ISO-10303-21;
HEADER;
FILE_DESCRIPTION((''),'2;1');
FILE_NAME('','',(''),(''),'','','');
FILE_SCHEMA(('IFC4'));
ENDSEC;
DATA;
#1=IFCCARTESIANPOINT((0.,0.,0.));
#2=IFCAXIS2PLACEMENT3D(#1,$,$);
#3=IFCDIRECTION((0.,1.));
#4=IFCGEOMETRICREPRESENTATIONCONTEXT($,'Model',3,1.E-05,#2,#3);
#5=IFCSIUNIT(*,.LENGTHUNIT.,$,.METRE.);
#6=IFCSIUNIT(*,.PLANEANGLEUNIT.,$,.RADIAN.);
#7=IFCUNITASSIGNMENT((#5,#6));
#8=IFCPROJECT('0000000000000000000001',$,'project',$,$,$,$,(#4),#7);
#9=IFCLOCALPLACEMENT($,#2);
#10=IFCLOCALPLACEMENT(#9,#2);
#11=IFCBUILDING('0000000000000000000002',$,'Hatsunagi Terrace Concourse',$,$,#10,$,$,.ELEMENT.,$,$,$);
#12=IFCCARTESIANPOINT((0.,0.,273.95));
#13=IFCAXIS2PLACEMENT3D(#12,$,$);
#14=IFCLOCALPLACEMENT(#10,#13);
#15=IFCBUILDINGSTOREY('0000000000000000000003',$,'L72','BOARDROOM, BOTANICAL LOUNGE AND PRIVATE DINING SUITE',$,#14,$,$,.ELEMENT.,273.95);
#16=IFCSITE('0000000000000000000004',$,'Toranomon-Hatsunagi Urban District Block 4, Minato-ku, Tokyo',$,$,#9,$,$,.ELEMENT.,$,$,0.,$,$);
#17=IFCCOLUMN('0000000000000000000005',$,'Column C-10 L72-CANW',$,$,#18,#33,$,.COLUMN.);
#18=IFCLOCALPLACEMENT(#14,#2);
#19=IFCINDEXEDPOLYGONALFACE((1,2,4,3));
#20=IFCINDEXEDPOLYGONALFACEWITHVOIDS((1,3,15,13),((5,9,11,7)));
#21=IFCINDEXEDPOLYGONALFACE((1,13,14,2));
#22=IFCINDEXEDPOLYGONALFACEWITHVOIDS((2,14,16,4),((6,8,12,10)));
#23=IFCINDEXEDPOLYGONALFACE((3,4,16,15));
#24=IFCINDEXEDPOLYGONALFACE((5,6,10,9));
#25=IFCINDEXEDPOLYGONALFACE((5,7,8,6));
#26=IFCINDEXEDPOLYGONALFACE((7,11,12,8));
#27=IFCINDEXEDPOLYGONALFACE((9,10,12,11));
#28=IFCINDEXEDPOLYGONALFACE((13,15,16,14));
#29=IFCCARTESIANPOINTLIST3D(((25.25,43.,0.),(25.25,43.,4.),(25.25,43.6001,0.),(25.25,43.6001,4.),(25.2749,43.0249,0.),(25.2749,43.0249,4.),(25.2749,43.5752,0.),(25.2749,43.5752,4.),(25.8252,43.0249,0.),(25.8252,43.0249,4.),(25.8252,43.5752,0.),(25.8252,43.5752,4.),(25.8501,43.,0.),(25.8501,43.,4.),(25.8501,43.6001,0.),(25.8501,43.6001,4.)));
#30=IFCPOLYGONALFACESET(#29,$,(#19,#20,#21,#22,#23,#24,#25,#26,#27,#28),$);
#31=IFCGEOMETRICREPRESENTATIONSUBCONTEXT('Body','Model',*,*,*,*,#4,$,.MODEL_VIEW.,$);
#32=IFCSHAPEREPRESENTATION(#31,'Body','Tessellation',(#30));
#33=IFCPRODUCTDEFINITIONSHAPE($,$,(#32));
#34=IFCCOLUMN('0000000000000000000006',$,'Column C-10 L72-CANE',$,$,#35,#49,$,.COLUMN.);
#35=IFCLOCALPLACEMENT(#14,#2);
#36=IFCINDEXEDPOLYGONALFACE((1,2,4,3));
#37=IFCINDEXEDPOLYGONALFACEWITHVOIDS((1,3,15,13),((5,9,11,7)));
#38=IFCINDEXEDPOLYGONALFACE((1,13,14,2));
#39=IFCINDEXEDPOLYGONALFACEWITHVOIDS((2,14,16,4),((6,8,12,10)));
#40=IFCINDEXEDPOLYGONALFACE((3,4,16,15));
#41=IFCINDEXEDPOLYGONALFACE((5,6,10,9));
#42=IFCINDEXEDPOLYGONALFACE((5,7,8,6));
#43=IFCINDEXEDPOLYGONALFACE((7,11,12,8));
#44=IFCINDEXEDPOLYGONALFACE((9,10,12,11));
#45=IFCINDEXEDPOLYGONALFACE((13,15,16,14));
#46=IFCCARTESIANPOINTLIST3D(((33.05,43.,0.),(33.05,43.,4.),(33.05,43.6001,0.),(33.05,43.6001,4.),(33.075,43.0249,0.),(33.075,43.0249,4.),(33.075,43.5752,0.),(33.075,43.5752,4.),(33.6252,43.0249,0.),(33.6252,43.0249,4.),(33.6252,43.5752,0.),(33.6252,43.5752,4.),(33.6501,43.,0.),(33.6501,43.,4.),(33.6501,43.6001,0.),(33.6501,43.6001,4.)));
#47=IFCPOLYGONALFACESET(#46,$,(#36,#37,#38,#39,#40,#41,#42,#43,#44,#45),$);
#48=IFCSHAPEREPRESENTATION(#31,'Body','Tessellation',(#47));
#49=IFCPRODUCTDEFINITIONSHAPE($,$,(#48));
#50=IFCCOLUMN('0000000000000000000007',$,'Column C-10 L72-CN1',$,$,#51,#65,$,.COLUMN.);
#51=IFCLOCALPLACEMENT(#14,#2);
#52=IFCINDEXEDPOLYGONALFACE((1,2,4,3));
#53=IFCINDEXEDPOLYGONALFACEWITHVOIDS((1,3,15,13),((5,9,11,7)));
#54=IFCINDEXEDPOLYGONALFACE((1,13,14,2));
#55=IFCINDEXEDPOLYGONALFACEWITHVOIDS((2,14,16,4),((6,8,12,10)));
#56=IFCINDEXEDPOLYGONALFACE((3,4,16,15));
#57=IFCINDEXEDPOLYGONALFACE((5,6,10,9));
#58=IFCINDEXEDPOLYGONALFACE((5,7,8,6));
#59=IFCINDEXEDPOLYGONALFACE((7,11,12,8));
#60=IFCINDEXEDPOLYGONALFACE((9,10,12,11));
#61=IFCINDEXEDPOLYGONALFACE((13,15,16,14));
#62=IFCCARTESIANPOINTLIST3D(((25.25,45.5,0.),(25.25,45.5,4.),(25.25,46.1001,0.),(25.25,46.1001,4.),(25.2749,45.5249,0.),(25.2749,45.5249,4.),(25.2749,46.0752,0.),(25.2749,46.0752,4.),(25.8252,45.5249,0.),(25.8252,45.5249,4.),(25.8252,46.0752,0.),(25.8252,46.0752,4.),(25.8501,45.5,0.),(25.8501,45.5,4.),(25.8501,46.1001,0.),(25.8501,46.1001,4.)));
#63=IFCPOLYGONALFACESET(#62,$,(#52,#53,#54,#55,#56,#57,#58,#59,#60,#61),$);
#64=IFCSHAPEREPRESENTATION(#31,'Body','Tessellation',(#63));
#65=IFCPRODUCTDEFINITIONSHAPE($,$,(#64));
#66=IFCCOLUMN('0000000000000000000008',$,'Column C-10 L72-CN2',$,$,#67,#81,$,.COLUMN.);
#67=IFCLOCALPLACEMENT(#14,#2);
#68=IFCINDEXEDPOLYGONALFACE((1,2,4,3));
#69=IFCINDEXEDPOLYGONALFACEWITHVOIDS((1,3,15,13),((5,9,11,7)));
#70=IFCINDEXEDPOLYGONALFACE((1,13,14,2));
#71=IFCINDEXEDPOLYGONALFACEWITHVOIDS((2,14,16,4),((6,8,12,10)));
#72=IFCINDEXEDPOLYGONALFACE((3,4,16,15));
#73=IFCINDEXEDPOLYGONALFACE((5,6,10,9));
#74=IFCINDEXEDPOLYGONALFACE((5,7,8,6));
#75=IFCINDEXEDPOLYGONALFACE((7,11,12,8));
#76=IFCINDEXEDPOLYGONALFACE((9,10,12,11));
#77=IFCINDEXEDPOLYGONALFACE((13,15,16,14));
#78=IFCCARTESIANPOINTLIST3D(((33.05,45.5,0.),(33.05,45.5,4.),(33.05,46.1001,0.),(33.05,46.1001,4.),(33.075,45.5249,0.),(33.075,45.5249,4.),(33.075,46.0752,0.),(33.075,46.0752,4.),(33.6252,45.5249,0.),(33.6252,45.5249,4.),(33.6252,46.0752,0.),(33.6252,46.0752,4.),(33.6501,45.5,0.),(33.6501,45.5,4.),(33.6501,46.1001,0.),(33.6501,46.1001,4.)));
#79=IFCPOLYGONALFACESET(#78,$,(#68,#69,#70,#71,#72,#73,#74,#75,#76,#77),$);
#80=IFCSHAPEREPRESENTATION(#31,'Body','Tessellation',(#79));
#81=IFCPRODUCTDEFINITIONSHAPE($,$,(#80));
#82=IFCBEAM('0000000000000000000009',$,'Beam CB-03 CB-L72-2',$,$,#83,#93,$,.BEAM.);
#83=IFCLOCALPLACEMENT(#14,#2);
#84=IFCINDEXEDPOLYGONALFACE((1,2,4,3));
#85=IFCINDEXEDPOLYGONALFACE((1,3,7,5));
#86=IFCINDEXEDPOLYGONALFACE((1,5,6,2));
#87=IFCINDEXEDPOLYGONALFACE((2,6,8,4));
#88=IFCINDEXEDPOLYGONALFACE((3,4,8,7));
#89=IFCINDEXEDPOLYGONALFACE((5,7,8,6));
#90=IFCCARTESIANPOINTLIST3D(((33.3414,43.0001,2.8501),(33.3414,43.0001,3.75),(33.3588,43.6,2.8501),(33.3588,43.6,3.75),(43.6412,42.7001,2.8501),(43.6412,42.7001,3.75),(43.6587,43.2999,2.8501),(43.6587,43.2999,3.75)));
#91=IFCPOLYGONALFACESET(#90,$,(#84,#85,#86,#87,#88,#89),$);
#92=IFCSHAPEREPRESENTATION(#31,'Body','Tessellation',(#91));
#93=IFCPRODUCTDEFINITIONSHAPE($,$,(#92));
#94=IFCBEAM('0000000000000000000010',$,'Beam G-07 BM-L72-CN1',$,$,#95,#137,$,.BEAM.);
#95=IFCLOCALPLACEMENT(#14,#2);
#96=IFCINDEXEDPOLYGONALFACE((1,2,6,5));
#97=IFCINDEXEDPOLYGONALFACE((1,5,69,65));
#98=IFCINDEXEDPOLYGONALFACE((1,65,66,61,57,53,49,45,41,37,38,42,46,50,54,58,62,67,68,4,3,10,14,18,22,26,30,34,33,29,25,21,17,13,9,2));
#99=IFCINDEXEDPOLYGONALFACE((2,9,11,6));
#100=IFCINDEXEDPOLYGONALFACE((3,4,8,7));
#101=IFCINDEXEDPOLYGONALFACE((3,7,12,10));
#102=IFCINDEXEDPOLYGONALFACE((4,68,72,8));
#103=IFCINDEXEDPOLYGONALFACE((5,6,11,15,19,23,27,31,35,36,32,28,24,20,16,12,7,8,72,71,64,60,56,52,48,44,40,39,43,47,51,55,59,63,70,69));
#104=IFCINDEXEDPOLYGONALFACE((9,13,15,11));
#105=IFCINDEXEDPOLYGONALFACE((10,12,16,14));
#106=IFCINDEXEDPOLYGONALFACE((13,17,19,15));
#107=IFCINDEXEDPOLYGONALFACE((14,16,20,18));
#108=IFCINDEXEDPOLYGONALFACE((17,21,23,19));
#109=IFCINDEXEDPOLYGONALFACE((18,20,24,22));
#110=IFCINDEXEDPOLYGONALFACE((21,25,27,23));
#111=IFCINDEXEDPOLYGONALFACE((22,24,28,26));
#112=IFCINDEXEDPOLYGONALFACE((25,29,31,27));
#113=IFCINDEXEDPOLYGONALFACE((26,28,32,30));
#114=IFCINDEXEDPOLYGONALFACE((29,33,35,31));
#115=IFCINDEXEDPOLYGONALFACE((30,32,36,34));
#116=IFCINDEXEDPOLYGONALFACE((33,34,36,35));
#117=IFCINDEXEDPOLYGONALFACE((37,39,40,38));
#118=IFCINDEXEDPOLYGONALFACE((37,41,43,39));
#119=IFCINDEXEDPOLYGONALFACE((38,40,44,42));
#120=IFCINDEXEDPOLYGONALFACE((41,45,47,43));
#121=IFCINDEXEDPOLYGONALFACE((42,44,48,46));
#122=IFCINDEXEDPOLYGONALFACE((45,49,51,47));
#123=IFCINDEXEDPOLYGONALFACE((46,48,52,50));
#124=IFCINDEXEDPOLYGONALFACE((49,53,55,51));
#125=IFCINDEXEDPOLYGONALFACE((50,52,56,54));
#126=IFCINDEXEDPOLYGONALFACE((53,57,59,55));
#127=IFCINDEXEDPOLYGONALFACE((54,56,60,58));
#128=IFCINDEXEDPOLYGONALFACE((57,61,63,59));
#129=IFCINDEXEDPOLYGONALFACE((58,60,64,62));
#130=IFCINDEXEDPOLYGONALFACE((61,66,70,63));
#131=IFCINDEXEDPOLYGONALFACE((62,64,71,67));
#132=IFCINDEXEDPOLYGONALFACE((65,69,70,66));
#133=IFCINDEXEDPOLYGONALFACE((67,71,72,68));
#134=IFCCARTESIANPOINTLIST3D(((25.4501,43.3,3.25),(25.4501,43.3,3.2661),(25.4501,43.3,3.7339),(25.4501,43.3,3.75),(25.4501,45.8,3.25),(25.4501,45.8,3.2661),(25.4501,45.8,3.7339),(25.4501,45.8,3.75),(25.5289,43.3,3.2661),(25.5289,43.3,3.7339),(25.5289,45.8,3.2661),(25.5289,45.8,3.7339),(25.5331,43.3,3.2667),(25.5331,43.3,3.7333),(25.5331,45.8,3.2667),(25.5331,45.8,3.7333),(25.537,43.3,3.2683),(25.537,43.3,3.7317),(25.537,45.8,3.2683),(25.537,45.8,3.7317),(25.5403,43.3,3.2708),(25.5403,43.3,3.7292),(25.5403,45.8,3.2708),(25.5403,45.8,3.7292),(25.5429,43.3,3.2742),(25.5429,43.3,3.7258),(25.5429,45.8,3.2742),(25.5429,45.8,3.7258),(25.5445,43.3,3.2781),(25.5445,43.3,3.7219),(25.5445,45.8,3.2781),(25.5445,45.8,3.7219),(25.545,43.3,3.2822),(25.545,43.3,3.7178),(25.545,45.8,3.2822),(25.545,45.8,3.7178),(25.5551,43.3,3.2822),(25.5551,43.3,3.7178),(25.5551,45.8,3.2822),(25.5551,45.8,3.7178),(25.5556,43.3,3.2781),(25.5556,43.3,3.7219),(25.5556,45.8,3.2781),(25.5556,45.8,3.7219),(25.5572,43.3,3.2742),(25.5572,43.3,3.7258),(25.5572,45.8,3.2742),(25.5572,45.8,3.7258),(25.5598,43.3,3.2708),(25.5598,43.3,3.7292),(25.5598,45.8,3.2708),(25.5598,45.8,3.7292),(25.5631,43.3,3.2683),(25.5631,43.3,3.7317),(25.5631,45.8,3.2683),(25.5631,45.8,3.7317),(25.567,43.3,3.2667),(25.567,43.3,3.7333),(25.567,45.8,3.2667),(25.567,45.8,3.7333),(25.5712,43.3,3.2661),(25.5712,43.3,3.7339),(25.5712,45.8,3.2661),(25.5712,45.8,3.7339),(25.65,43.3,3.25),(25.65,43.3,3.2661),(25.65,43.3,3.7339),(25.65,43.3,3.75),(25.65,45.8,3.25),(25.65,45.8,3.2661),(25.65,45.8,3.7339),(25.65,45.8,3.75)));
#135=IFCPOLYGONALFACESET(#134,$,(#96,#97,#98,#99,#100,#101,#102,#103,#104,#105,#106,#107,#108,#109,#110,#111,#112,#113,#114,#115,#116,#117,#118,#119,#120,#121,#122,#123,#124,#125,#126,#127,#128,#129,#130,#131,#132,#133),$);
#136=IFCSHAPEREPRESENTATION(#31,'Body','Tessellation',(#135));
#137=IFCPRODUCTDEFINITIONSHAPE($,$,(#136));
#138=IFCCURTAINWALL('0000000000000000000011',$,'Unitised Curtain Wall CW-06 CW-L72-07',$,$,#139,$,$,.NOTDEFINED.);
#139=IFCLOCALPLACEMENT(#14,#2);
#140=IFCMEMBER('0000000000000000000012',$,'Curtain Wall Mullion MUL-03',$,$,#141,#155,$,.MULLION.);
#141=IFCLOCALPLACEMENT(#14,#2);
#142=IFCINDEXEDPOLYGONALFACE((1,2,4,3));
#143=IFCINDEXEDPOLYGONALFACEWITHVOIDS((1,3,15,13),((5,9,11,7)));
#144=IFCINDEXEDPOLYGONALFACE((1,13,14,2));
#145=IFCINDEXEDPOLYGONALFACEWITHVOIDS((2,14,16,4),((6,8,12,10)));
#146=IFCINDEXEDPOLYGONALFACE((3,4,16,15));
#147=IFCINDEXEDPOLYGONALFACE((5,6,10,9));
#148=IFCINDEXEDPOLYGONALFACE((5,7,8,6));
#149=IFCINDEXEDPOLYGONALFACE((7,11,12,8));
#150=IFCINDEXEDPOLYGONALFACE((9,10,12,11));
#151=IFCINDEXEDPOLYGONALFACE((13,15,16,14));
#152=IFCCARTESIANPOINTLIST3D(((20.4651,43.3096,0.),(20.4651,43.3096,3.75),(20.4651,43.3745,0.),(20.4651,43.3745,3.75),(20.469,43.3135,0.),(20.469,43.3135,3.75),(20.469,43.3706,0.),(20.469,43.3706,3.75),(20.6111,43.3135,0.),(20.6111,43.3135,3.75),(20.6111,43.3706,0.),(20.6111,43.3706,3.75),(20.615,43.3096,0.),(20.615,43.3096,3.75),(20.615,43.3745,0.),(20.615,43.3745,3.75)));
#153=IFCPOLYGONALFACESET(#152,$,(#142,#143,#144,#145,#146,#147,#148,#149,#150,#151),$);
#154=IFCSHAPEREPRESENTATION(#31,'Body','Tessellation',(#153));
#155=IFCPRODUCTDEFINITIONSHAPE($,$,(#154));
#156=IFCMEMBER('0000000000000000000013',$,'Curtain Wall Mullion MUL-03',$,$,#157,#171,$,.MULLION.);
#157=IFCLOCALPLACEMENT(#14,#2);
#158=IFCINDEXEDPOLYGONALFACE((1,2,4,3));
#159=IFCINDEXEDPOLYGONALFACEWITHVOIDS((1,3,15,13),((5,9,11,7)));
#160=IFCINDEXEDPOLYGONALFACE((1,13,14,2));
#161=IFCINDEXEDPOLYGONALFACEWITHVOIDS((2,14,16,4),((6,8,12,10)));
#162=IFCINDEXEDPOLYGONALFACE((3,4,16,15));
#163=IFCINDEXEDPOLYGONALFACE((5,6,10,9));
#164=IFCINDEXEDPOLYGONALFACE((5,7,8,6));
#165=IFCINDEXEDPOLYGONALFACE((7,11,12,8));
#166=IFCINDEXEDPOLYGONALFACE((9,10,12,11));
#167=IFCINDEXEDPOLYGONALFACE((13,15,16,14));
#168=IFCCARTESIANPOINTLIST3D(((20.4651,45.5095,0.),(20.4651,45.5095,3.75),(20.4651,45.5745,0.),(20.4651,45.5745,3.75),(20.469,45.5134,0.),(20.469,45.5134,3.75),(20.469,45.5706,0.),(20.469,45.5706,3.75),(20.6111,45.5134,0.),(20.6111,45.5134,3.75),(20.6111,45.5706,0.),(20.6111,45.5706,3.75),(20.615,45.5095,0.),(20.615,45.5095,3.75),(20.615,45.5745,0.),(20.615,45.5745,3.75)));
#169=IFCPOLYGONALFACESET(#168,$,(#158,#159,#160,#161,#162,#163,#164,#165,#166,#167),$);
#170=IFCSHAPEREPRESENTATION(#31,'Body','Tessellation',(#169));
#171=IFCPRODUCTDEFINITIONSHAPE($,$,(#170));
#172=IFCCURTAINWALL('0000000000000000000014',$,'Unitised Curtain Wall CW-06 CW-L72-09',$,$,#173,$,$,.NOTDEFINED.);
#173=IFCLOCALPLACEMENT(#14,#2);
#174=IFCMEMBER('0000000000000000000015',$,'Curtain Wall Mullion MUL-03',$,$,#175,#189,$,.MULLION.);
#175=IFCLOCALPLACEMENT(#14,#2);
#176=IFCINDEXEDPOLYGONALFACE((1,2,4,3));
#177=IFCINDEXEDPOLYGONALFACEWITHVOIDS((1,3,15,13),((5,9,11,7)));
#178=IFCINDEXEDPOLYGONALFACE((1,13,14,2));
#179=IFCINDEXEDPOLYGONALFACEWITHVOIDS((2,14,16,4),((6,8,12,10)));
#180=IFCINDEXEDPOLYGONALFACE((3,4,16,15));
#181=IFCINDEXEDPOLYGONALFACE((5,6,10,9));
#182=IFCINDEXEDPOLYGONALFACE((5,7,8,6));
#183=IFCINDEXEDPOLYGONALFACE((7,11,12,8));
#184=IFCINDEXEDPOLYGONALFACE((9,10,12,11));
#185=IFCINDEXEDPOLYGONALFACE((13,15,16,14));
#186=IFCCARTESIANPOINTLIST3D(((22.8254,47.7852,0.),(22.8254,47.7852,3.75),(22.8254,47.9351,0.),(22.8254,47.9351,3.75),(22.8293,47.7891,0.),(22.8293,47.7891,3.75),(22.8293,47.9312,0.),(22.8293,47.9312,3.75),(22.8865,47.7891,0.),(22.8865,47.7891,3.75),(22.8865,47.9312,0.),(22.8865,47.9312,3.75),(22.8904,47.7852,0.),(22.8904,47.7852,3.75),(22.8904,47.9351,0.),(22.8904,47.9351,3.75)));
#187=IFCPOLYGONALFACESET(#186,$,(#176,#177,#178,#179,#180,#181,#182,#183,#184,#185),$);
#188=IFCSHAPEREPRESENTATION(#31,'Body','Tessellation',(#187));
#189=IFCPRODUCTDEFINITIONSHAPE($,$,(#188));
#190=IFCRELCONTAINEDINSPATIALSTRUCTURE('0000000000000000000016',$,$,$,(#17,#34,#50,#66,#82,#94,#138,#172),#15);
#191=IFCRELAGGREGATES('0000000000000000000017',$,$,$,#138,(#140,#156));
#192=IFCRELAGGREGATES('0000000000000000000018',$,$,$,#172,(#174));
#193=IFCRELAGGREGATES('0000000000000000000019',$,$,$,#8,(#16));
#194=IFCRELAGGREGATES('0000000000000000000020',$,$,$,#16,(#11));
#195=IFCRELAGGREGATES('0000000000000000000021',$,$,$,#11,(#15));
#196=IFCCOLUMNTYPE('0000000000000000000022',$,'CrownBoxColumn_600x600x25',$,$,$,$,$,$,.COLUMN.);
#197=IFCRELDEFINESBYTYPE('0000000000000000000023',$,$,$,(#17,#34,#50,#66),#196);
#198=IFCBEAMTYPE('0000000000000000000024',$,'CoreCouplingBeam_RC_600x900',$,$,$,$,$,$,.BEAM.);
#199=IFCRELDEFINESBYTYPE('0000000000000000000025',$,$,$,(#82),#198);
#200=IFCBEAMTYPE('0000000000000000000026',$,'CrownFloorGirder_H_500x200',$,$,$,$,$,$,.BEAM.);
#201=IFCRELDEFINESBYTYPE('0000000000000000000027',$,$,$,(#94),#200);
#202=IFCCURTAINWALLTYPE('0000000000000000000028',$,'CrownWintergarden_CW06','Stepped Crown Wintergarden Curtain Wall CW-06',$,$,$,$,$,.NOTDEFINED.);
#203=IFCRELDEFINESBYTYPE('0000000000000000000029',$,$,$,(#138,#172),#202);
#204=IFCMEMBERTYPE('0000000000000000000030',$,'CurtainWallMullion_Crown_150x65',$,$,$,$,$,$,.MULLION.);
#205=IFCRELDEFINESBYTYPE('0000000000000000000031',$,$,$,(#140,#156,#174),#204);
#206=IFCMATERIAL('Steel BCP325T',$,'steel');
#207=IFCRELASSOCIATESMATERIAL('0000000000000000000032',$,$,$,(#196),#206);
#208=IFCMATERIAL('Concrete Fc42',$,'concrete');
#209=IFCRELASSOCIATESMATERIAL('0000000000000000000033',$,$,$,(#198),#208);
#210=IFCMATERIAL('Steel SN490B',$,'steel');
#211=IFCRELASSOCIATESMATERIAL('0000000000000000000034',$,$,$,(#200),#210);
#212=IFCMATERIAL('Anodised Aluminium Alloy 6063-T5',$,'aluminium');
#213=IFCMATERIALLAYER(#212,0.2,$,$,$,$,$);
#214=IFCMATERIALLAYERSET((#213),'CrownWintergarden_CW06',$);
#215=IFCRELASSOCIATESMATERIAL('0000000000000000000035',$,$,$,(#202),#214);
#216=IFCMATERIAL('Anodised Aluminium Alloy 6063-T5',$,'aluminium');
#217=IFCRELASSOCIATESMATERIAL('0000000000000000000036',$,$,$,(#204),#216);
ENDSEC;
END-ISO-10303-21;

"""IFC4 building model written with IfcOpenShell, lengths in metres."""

from ifc_helpers import new_model, si_unit, direction, frame, origin, origin_2d, place, context, subcontext, project, spatial, rectangle, hollow_rectangle, i_section, extrude, material, layer, layer_set, material_profile, profile_set, type_object, element, aggregate, save


model = new_model("IFC4")

# Units and contexts
model_context = context("Model", 3, precision=1e-05, world=origin(), true_north=direction((0.0, 1.0)))
body_context = subcontext(model_context, "Body", "Model", "MODEL_VIEW")
ifc_project = project(units=[si_unit("LENGTHUNIT", "METRE"), si_unit("PLANEANGLEUNIT", "RADIAN")], contexts=[model_context])

# Site, building, storey
site_placement = place(None, origin())
site = spatial("IfcSite", under=ifc_project, at=site_placement, Name="Toranomon-Hatsunagi Urban District Block 4, Minato-ku, Tokyo", CompositionType="ELEMENT", RefElevation=0.0)
building_placement = place(site_placement, origin())
building = spatial("IfcBuilding", under=site, at=building_placement, Name="Hatsunagi Terrace Concourse", CompositionType="ELEMENT")
storey_placement = place(building_placement, frame((0.0, 0.0, 273.95)))
storey = spatial("IfcBuildingStorey", under=building, at=storey_placement, Name="L72", Description="BOARDROOM, BOTANICAL LOUNGE AND PRIVATE DINING SUITE", CompositionType="ELEMENT", Elevation=273.95)

# Columns
ifc_material_1 = material(Name="Steel BCP325T", Category="steel")
ifc_material_profile_1 = material_profile(ifc_material_1, hollow_rectangle(XDim=0.6001, YDim=0.6001, WallThickness=0.0249, at=origin_2d()), Name="BCP-600x600x25")
ifc_profile_set_1 = profile_set([ifc_material_profile_1], Name="Steel BCP325T")
column_type = type_object("IfcColumnType", Name="CrownBoxColumn_600x600x25", PredefinedType="COLUMN", material=ifc_profile_set_1)
for number, where, z_axis, x_axis, name in (
    (1, (25.55, 43.3, 0.0), (0.0, 0.0, 1.0), (1.0, 0.0, 0.0), "Column C-10 L72-CANW"),
    (2, (33.3501, 43.3, 0.0), (0.0, 0.0, 1.0), (1.0, 0.0, 0.0), "Column C-10 L72-CANE"),
    (3, (25.55, 45.8, 0.0), (0.0, 0.0, 1.0), (1.0, 0.0, 0.0), "Column C-10 L72-CN1"),
    (4, (33.3501, 45.8, 0.0), (0.0, 0.0, 1.0), (1.0, 0.0, 0.0), "Column C-10 L72-CN2"),
):
    element("IfcColumn", number, at=place(storey_placement, frame(where, z_axis=z_axis, x_axis=x_axis)), inside=storey, type_object=column_type, Name=name, PredefinedType="COLUMN", context=body_context, shape_type="SweptSolid", body=[
        extrude(hollow_rectangle(XDim=0.6001, YDim=0.6001, WallThickness=0.0249, at=origin_2d()), origin(), (0.0, 0.0, 1.0), 4.0),
    ])

# Beams
ifc_material_2 = material(Name="Concrete Fc42", Category="concrete")
ifc_material_profile_2 = material_profile(ifc_material_2, rectangle(XDim=0.6001, YDim=0.8999, at=origin_2d()), Name="RC-600x900")
ifc_profile_set_2 = profile_set([ifc_material_profile_2], Name="Concrete Fc42")
beam_type_1 = type_object("IfcBeamType", Name="CoreCouplingBeam_RC_600x900", PredefinedType="BEAM", material=ifc_profile_set_2)
beam_1_placement = place(storey_placement, frame((33.3501, 43.3, 3.3), z_axis=(0.999576, -0.029119, 0.0), x_axis=(0.029119, 0.999576, 0.0)))
element("IfcBeam", 5, at=beam_1_placement, inside=storey, type_object=beam_type_1, Name="Beam CB-03 CB-L72-2", PredefinedType="BEAM", context=body_context, shape_type="SweptSolid", body=[
    extrude(rectangle(XDim=0.6001, YDim=0.8999, at=origin_2d()), origin(), (0.0, 0.0, 1.0), 10.3042),
])
ifc_material_3 = material(Name="Steel SN490B", Category="steel")
ifc_material_profile_3 = material_profile(ifc_material_3, i_section(OverallWidth=0.2, OverallDepth=0.5, WebThickness=0.01, FlangeThickness=0.0161, FilletRadius=0.0161, at=origin_2d()), Name="H-500x200x10x16")
ifc_profile_set_3 = profile_set([ifc_material_profile_3], Name="Steel SN490B")
beam_type_2 = type_object("IfcBeamType", Name="CrownFloorGirder_H_500x200", PredefinedType="BEAM", material=ifc_profile_set_3)
beam_2_placement = place(storey_placement, frame((25.55, 43.3, 3.5), z_axis=(0.0, 1.0, 0.0), x_axis=(-1.0, 0.0, 0.0)))
element("IfcBeam", 6, at=beam_2_placement, inside=storey, type_object=beam_type_2, Name="Beam G-07 BM-L72-CN1", PredefinedType="BEAM", context=body_context, shape_type="SweptSolid", body=[
    extrude(i_section(OverallWidth=0.2, OverallDepth=0.5, WebThickness=0.01, FlangeThickness=0.0161, FilletRadius=0.0161, at=origin_2d()), origin(), (0.0, 0.0, 1.0), 2.5),
])

# Curtain walls, members
ifc_material_4 = material(Name="Anodised Aluminium Alloy 6063-T5", Category="aluminium")
ifc_layer_1 = layer(ifc_material_4, 0.2)
ifc_layer_set_1 = layer_set([ifc_layer_1], Name="CrownWintergarden_CW06")
curtain_wall_type = type_object("IfcCurtainWallType", Name="CrownWintergarden_CW06", Description="Stepped Crown Wintergarden Curtain Wall CW-06", PredefinedType="NOTDEFINED", material=ifc_layer_set_1)
curtain_wall_1_placement = place(storey_placement, origin())
curtain_wall_1 = element("IfcCurtainWall", 7, at=curtain_wall_1_placement, inside=storey, type_object=curtain_wall_type, Name="Unitised Curtain Wall CW-06 CW-L72-07", PredefinedType="NOTDEFINED")
ifc_material_5 = material(Name="Anodised Aluminium Alloy 6063-T5", Category="aluminium")
ifc_material_profile_4 = material_profile(ifc_material_5, hollow_rectangle(XDim=0.0649, YDim=0.1499, WallThickness=0.0039, at=origin_2d()), Name="ALU-MUL-150x65x4")
ifc_profile_set_4 = profile_set([ifc_material_profile_4], Name="Anodised Aluminium Alloy 6063-T5")
member_type_1 = type_object("IfcMemberType", Name="CurtainWallMullion_Crown_150x65", PredefinedType="MULLION", material=ifc_profile_set_4)
member_1_placement = place(storey_placement, frame((20.54, 43.342, 0.0), z_axis=(0.0, 0.0, 1.0), x_axis=(0.0, 1.0, 0.0)))
member_1 = element("IfcMember", 8, at=member_1_placement, type_object=member_type_1, Name="Curtain Wall Mullion MUL-03", PredefinedType="MULLION", context=body_context, shape_type="SweptSolid", body=[
    extrude(hollow_rectangle(XDim=0.0649, YDim=0.1499, WallThickness=0.0039, at=origin_2d()), origin(), (0.0, 0.0, 1.0), 3.75),
])
member_2_placement = place(storey_placement, frame((20.54, 45.542, 0.0), z_axis=(0.0, 0.0, 1.0), x_axis=(0.0, 1.0, 0.0)))
member_2 = element("IfcMember", 9, at=member_2_placement, type_object=member_type_1, Name="Curtain Wall Mullion MUL-03", PredefinedType="MULLION", context=body_context, shape_type="SweptSolid", body=[
    extrude(hollow_rectangle(XDim=0.0649, YDim=0.1499, WallThickness=0.0039, at=origin_2d()), origin(), (0.0, 0.0, 1.0), 3.75),
])
curtain_wall_2_placement = place(storey_placement, origin())
curtain_wall_2 = element("IfcCurtainWall", 10, at=curtain_wall_2_placement, inside=storey, type_object=curtain_wall_type, Name="Unitised Curtain Wall CW-06 CW-L72-09", PredefinedType="NOTDEFINED")
member_3_placement = place(storey_placement, frame((22.8579, 47.8601, 0.0), z_axis=(0.0, 0.0, 1.0), x_axis=(1.0, 0.0, 0.0)))
member_3 = element("IfcMember", 11, at=member_3_placement, type_object=member_type_1, Name="Curtain Wall Mullion MUL-03", PredefinedType="MULLION", context=body_context, shape_type="SweptSolid", body=[
    extrude(hollow_rectangle(XDim=0.0649, YDim=0.1499, WallThickness=0.0039, at=origin_2d()), origin(), (0.0, 0.0, 1.0), 3.75),
])

aggregate(curtain_wall_1, [member_1, member_2])
aggregate(curtain_wall_2, [member_3])

save(model, "model.ifc")
